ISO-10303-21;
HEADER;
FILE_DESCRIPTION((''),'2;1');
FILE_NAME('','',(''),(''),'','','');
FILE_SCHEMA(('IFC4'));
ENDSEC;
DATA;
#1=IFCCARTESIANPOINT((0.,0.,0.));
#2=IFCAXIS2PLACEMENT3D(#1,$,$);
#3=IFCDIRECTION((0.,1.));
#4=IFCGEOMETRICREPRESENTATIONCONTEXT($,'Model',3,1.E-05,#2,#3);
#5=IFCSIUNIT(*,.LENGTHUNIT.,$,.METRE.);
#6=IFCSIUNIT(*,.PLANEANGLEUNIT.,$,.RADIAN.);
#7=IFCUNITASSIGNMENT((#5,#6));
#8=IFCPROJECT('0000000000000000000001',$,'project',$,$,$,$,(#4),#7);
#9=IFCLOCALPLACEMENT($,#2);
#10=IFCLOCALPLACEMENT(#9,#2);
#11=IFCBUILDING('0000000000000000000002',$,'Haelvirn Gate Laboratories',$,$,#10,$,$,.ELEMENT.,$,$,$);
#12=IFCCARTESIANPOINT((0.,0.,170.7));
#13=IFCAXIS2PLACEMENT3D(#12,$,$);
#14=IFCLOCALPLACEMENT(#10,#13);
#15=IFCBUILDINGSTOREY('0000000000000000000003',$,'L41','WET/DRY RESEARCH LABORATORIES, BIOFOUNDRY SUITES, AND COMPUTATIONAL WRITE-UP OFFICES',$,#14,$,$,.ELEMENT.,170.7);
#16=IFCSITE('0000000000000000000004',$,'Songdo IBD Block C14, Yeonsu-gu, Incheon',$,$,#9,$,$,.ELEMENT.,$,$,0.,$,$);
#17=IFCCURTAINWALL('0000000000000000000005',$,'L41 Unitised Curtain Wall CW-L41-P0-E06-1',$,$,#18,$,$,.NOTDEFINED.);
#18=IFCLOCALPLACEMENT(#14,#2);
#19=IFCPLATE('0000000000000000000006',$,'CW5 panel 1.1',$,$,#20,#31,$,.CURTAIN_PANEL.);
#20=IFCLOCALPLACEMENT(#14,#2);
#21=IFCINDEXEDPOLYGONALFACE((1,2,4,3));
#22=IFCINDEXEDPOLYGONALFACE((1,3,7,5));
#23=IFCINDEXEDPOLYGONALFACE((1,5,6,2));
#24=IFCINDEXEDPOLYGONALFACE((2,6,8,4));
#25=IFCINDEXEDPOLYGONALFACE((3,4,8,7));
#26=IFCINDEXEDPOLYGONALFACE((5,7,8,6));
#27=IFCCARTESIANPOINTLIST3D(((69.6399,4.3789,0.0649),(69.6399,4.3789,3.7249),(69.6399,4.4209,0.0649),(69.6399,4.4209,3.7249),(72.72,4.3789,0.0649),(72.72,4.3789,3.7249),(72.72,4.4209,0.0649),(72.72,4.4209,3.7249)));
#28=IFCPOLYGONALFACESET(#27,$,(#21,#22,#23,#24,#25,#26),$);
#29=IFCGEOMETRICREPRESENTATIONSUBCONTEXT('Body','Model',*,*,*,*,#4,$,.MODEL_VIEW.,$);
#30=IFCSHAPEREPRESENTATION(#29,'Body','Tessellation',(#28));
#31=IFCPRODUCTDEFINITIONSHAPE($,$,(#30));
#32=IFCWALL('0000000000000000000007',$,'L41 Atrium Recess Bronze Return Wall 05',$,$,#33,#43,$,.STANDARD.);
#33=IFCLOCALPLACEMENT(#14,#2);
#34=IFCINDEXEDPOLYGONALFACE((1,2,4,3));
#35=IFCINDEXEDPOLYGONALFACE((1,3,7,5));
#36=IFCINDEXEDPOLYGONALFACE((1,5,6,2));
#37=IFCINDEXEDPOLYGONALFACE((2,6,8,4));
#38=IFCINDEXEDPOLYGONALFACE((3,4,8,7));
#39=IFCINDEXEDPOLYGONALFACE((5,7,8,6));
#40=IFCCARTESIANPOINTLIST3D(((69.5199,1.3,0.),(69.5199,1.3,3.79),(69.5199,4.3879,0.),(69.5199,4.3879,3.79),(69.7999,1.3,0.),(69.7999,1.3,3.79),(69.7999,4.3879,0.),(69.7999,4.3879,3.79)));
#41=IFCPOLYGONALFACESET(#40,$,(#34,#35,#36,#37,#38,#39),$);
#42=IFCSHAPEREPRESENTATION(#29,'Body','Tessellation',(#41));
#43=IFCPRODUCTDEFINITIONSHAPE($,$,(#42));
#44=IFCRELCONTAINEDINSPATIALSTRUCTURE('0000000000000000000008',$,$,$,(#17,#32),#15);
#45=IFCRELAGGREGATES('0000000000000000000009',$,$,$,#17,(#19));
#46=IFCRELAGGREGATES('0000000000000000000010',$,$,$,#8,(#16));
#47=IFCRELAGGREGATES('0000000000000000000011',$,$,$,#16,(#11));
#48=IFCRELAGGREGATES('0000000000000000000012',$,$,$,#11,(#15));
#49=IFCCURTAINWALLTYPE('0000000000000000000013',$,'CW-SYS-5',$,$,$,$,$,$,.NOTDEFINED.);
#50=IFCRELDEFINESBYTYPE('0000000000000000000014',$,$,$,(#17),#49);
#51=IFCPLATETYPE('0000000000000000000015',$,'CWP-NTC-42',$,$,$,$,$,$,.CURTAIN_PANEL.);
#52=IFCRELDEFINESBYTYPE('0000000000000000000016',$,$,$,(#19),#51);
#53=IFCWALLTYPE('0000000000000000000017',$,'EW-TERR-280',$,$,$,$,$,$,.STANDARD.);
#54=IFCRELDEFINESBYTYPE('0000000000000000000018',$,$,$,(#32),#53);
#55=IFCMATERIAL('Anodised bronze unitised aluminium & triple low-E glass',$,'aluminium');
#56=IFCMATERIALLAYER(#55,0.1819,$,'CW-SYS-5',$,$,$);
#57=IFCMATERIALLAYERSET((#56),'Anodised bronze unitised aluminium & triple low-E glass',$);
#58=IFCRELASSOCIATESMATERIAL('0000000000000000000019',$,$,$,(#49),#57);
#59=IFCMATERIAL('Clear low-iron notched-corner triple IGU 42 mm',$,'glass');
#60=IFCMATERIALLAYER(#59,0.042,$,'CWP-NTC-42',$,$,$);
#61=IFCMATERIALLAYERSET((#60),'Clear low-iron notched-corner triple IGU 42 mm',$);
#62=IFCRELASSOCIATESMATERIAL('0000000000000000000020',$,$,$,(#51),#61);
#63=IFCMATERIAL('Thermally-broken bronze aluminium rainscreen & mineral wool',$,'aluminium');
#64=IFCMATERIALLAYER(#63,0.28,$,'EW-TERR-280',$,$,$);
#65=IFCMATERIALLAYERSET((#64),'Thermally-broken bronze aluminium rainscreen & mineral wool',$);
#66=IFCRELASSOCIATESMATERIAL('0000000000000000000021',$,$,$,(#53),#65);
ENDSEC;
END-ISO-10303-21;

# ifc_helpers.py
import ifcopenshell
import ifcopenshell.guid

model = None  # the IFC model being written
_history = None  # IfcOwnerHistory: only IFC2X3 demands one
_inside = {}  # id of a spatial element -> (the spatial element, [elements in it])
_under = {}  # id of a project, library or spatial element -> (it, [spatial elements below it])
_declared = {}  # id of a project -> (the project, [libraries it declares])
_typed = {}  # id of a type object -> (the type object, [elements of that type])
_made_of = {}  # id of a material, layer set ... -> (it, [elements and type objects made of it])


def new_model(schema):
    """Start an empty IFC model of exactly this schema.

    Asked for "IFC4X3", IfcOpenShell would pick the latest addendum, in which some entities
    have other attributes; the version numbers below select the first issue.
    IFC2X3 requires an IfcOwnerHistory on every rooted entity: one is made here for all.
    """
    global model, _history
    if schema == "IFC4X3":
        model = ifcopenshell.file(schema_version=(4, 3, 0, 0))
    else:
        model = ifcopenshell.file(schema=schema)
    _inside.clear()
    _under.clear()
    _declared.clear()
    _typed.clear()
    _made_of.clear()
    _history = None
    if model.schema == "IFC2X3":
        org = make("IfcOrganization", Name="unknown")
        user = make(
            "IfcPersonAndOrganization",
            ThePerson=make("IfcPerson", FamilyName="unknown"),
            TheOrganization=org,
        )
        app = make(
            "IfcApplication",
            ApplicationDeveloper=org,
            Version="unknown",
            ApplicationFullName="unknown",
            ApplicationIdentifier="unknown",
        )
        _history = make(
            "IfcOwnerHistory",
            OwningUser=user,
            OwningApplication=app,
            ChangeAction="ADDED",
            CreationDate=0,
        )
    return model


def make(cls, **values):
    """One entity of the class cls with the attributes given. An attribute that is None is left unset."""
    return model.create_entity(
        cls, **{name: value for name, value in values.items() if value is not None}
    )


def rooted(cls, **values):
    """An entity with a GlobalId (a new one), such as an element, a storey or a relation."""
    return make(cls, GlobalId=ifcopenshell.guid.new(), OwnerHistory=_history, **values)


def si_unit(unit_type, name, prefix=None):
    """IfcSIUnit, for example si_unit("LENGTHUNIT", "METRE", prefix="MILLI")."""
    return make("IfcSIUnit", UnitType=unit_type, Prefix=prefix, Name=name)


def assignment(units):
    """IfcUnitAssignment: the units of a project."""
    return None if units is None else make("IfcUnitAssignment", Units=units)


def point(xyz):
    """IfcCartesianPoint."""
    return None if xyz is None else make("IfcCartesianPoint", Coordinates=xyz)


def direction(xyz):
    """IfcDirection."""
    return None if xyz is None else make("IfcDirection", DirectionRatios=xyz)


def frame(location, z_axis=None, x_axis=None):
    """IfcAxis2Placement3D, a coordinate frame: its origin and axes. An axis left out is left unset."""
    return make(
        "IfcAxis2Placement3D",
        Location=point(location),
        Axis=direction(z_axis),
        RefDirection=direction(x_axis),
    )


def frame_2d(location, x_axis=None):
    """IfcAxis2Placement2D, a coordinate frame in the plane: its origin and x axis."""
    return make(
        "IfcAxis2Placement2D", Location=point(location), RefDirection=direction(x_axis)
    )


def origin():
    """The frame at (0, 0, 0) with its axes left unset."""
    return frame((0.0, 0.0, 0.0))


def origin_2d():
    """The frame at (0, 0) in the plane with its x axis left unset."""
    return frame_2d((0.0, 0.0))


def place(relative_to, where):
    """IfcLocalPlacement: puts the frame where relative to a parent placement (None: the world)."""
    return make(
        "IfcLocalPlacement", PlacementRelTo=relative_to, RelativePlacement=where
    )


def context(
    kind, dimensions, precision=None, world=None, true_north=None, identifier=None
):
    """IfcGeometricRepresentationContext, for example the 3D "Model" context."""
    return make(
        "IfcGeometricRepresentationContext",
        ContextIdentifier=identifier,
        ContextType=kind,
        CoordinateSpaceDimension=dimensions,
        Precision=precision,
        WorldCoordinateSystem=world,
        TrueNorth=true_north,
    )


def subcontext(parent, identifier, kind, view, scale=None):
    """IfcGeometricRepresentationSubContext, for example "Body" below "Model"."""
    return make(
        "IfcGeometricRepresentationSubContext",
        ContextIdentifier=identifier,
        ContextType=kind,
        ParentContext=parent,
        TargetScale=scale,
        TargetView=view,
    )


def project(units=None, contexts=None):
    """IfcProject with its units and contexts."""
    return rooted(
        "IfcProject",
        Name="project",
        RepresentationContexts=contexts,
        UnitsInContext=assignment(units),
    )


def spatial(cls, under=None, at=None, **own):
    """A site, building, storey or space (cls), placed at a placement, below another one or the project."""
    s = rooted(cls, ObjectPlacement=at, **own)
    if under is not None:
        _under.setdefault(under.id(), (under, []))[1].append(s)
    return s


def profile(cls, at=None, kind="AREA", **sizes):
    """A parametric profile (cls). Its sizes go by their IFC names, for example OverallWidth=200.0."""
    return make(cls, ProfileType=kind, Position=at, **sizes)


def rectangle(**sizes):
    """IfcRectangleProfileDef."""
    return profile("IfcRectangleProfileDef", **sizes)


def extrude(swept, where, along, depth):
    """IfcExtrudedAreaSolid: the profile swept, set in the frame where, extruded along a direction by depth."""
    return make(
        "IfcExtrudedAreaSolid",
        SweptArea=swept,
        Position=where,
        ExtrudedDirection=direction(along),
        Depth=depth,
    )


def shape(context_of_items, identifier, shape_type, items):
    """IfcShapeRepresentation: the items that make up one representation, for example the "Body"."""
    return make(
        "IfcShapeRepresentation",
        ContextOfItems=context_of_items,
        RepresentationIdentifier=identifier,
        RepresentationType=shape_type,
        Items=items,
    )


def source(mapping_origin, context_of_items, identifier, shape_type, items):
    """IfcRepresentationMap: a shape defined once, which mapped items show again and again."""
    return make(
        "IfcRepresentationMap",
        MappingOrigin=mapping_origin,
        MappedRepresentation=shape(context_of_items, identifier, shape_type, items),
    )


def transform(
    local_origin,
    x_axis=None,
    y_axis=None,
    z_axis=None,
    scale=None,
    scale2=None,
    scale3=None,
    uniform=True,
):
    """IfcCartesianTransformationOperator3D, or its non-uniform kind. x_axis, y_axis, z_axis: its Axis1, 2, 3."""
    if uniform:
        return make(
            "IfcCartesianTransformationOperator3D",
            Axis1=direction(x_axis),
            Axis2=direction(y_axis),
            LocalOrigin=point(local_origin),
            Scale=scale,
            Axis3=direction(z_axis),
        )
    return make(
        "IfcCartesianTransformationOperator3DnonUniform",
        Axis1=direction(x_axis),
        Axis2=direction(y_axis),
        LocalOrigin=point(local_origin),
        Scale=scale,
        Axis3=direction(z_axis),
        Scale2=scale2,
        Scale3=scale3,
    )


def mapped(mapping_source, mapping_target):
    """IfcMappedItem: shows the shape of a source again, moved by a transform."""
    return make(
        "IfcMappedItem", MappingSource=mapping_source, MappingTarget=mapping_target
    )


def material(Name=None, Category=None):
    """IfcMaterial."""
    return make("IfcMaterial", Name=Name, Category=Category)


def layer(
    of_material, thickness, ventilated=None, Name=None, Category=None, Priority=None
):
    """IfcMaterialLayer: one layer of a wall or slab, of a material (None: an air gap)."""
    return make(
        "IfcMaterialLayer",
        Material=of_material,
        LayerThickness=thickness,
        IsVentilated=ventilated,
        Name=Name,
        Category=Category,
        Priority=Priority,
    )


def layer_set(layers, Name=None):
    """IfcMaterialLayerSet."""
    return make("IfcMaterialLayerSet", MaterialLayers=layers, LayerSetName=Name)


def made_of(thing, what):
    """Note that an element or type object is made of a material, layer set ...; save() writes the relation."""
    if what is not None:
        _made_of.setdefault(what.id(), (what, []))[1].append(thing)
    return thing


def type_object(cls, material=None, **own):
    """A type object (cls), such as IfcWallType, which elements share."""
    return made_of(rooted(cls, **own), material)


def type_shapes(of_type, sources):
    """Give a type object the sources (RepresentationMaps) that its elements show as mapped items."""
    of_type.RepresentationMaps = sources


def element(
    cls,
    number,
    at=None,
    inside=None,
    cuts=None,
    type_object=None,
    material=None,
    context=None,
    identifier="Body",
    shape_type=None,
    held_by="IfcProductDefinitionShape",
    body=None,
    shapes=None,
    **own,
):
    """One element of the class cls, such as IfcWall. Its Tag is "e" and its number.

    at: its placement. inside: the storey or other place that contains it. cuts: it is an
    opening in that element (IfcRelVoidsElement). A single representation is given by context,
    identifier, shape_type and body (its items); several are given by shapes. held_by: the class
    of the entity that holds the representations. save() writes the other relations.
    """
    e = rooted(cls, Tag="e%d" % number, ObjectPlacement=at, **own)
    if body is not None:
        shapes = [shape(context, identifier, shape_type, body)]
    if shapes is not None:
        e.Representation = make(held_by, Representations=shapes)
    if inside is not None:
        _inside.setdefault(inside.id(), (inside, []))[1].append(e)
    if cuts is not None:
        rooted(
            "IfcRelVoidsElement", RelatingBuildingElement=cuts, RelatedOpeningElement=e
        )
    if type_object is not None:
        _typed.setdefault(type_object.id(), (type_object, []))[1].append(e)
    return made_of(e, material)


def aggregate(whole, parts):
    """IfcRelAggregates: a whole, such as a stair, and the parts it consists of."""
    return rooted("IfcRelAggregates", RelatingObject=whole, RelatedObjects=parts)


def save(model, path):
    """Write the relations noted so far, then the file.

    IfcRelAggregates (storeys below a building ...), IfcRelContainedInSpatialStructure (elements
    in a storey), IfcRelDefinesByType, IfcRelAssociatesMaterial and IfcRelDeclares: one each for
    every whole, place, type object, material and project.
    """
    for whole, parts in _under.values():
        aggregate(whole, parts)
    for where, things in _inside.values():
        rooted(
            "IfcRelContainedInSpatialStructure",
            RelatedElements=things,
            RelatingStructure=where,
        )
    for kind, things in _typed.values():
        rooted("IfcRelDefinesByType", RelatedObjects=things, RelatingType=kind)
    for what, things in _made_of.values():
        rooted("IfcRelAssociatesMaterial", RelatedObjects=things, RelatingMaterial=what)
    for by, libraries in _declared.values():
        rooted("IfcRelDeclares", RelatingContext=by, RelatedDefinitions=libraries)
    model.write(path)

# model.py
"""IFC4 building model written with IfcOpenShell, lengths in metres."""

from ifc_helpers import new_model, si_unit, direction, frame, frame_2d, origin, origin_2d, place, context, subcontext, project, spatial, rectangle, extrude, source, transform, mapped, material, layer, layer_set, type_object, type_shapes, element, aggregate, save


model = new_model("IFC4")

# Units and contexts
model_context = context("Model", 3, precision=1e-05, world=origin(), true_north=direction((0.0, 1.0)))
body_context = subcontext(model_context, "Body", "Model", "MODEL_VIEW")
ifc_project = project(units=[si_unit("LENGTHUNIT", "METRE"), si_unit("PLANEANGLEUNIT", "RADIAN")], contexts=[model_context])

# Site, building, storey
site_placement = place(None, origin())
site = spatial("IfcSite", under=ifc_project, at=site_placement, Name="Songdo IBD Block C14, Yeonsu-gu, Incheon", CompositionType="ELEMENT", RefElevation=0.0)
building_placement = place(site_placement, origin())
building = spatial("IfcBuilding", under=site, at=building_placement, Name="Haelvirn Gate Laboratories", CompositionType="ELEMENT")
storey_placement = place(building_placement, frame((0.0, 0.0, 170.7)))
storey = spatial("IfcBuildingStorey", under=building, at=storey_placement, Name="L41", Description="WET/DRY RESEARCH LABORATORIES, BIOFOUNDRY SUITES, AND COMPUTATIONAL WRITE-UP OFFICES", CompositionType="ELEMENT", Elevation=170.7)

# Curtain wall
ifc_material_1 = material(Name="Anodised bronze unitised aluminium & triple low-E glass", Category="aluminium")
ifc_layer_1 = layer(ifc_material_1, 0.1819, Name="CW-SYS-5")
ifc_layer_set_1 = layer_set([ifc_layer_1], Name="Anodised bronze unitised aluminium & triple low-E glass")
curtain_wall_type_1 = type_object("IfcCurtainWallType", Name="CW-SYS-5", PredefinedType="NOTDEFINED", material=ifc_layer_set_1)
curtain_wall_1_placement = place(storey_placement, origin())
curtain_wall_1 = element("IfcCurtainWall", 1, at=curtain_wall_1_placement, inside=storey, type_object=curtain_wall_type_1, Name="L41 Unitised Curtain Wall CW-L41-P0-E06-1", PredefinedType="NOTDEFINED")

# Plate
ifc_material_2 = material(Name="Clear low-iron notched-corner triple IGU 42 mm", Category="glass")
ifc_layer_2 = layer(ifc_material_2, 0.042, Name="CWP-NTC-42")
ifc_layer_set_2 = layer_set([ifc_layer_2], Name="Clear low-iron notched-corner triple IGU 42 mm")
plate_type_1 = type_object("IfcPlateType", Name="CWP-NTC-42", PredefinedType="CURTAIN_PANEL", material=ifc_layer_set_2)
shared_shape_1 = source(origin(), body_context, "Body", "SweptSolid", [
    extrude(rectangle(XDim=3.0801, YDim=0.042, at=origin_2d()), origin(), (0.0, 0.0, 1.0), 3.6599),
])
type_shapes(plate_type_1, [shared_shape_1])
plate_1_placement = place(storey_placement, frame((71.1799, 4.3999, 0.0649), z_axis=(0.0, 0.0, 1.0), x_axis=(1.0, 0.0, 0.0)))
plate_1 = element("IfcPlate", 2, at=plate_1_placement, type_object=plate_type_1, Name="CW5 panel 1.1", PredefinedType="CURTAIN_PANEL", context=body_context, shape_type="MappedRepresentation", body=[
    mapped(shared_shape_1, transform((0.0, 0.0, 0.0), scale=1.0)),
])
aggregate(curtain_wall_1, [plate_1])

# Wall
ifc_material_3 = material(Name="Thermally-broken bronze aluminium rainscreen & mineral wool", Category="aluminium")
ifc_layer_3 = layer(ifc_material_3, 0.28, Name="EW-TERR-280")
ifc_layer_set_3 = layer_set([ifc_layer_3], Name="Thermally-broken bronze aluminium rainscreen & mineral wool")
wall_type = type_object("IfcWallType", Name="EW-TERR-280", PredefinedType="STANDARD", material=ifc_layer_set_3)
wall_placement = place(storey_placement, frame((69.6599, 1.3, 0.0), z_axis=(0.0, 0.0, 1.0), x_axis=(0.0, 1.0, 0.0)))
element("IfcWall", 3, at=wall_placement, inside=storey, type_object=wall_type, Name="L41 Atrium Recess Bronze Return Wall 05", PredefinedType="STANDARD", context=body_context, shape_type="SweptSolid", body=[
    extrude(rectangle(XDim=3.0879, YDim=0.28, at=frame_2d((1.5439, 0.0))), origin(), (0.0, 0.0, 1.0), 3.79),
])

save(model, "model.ifc")
